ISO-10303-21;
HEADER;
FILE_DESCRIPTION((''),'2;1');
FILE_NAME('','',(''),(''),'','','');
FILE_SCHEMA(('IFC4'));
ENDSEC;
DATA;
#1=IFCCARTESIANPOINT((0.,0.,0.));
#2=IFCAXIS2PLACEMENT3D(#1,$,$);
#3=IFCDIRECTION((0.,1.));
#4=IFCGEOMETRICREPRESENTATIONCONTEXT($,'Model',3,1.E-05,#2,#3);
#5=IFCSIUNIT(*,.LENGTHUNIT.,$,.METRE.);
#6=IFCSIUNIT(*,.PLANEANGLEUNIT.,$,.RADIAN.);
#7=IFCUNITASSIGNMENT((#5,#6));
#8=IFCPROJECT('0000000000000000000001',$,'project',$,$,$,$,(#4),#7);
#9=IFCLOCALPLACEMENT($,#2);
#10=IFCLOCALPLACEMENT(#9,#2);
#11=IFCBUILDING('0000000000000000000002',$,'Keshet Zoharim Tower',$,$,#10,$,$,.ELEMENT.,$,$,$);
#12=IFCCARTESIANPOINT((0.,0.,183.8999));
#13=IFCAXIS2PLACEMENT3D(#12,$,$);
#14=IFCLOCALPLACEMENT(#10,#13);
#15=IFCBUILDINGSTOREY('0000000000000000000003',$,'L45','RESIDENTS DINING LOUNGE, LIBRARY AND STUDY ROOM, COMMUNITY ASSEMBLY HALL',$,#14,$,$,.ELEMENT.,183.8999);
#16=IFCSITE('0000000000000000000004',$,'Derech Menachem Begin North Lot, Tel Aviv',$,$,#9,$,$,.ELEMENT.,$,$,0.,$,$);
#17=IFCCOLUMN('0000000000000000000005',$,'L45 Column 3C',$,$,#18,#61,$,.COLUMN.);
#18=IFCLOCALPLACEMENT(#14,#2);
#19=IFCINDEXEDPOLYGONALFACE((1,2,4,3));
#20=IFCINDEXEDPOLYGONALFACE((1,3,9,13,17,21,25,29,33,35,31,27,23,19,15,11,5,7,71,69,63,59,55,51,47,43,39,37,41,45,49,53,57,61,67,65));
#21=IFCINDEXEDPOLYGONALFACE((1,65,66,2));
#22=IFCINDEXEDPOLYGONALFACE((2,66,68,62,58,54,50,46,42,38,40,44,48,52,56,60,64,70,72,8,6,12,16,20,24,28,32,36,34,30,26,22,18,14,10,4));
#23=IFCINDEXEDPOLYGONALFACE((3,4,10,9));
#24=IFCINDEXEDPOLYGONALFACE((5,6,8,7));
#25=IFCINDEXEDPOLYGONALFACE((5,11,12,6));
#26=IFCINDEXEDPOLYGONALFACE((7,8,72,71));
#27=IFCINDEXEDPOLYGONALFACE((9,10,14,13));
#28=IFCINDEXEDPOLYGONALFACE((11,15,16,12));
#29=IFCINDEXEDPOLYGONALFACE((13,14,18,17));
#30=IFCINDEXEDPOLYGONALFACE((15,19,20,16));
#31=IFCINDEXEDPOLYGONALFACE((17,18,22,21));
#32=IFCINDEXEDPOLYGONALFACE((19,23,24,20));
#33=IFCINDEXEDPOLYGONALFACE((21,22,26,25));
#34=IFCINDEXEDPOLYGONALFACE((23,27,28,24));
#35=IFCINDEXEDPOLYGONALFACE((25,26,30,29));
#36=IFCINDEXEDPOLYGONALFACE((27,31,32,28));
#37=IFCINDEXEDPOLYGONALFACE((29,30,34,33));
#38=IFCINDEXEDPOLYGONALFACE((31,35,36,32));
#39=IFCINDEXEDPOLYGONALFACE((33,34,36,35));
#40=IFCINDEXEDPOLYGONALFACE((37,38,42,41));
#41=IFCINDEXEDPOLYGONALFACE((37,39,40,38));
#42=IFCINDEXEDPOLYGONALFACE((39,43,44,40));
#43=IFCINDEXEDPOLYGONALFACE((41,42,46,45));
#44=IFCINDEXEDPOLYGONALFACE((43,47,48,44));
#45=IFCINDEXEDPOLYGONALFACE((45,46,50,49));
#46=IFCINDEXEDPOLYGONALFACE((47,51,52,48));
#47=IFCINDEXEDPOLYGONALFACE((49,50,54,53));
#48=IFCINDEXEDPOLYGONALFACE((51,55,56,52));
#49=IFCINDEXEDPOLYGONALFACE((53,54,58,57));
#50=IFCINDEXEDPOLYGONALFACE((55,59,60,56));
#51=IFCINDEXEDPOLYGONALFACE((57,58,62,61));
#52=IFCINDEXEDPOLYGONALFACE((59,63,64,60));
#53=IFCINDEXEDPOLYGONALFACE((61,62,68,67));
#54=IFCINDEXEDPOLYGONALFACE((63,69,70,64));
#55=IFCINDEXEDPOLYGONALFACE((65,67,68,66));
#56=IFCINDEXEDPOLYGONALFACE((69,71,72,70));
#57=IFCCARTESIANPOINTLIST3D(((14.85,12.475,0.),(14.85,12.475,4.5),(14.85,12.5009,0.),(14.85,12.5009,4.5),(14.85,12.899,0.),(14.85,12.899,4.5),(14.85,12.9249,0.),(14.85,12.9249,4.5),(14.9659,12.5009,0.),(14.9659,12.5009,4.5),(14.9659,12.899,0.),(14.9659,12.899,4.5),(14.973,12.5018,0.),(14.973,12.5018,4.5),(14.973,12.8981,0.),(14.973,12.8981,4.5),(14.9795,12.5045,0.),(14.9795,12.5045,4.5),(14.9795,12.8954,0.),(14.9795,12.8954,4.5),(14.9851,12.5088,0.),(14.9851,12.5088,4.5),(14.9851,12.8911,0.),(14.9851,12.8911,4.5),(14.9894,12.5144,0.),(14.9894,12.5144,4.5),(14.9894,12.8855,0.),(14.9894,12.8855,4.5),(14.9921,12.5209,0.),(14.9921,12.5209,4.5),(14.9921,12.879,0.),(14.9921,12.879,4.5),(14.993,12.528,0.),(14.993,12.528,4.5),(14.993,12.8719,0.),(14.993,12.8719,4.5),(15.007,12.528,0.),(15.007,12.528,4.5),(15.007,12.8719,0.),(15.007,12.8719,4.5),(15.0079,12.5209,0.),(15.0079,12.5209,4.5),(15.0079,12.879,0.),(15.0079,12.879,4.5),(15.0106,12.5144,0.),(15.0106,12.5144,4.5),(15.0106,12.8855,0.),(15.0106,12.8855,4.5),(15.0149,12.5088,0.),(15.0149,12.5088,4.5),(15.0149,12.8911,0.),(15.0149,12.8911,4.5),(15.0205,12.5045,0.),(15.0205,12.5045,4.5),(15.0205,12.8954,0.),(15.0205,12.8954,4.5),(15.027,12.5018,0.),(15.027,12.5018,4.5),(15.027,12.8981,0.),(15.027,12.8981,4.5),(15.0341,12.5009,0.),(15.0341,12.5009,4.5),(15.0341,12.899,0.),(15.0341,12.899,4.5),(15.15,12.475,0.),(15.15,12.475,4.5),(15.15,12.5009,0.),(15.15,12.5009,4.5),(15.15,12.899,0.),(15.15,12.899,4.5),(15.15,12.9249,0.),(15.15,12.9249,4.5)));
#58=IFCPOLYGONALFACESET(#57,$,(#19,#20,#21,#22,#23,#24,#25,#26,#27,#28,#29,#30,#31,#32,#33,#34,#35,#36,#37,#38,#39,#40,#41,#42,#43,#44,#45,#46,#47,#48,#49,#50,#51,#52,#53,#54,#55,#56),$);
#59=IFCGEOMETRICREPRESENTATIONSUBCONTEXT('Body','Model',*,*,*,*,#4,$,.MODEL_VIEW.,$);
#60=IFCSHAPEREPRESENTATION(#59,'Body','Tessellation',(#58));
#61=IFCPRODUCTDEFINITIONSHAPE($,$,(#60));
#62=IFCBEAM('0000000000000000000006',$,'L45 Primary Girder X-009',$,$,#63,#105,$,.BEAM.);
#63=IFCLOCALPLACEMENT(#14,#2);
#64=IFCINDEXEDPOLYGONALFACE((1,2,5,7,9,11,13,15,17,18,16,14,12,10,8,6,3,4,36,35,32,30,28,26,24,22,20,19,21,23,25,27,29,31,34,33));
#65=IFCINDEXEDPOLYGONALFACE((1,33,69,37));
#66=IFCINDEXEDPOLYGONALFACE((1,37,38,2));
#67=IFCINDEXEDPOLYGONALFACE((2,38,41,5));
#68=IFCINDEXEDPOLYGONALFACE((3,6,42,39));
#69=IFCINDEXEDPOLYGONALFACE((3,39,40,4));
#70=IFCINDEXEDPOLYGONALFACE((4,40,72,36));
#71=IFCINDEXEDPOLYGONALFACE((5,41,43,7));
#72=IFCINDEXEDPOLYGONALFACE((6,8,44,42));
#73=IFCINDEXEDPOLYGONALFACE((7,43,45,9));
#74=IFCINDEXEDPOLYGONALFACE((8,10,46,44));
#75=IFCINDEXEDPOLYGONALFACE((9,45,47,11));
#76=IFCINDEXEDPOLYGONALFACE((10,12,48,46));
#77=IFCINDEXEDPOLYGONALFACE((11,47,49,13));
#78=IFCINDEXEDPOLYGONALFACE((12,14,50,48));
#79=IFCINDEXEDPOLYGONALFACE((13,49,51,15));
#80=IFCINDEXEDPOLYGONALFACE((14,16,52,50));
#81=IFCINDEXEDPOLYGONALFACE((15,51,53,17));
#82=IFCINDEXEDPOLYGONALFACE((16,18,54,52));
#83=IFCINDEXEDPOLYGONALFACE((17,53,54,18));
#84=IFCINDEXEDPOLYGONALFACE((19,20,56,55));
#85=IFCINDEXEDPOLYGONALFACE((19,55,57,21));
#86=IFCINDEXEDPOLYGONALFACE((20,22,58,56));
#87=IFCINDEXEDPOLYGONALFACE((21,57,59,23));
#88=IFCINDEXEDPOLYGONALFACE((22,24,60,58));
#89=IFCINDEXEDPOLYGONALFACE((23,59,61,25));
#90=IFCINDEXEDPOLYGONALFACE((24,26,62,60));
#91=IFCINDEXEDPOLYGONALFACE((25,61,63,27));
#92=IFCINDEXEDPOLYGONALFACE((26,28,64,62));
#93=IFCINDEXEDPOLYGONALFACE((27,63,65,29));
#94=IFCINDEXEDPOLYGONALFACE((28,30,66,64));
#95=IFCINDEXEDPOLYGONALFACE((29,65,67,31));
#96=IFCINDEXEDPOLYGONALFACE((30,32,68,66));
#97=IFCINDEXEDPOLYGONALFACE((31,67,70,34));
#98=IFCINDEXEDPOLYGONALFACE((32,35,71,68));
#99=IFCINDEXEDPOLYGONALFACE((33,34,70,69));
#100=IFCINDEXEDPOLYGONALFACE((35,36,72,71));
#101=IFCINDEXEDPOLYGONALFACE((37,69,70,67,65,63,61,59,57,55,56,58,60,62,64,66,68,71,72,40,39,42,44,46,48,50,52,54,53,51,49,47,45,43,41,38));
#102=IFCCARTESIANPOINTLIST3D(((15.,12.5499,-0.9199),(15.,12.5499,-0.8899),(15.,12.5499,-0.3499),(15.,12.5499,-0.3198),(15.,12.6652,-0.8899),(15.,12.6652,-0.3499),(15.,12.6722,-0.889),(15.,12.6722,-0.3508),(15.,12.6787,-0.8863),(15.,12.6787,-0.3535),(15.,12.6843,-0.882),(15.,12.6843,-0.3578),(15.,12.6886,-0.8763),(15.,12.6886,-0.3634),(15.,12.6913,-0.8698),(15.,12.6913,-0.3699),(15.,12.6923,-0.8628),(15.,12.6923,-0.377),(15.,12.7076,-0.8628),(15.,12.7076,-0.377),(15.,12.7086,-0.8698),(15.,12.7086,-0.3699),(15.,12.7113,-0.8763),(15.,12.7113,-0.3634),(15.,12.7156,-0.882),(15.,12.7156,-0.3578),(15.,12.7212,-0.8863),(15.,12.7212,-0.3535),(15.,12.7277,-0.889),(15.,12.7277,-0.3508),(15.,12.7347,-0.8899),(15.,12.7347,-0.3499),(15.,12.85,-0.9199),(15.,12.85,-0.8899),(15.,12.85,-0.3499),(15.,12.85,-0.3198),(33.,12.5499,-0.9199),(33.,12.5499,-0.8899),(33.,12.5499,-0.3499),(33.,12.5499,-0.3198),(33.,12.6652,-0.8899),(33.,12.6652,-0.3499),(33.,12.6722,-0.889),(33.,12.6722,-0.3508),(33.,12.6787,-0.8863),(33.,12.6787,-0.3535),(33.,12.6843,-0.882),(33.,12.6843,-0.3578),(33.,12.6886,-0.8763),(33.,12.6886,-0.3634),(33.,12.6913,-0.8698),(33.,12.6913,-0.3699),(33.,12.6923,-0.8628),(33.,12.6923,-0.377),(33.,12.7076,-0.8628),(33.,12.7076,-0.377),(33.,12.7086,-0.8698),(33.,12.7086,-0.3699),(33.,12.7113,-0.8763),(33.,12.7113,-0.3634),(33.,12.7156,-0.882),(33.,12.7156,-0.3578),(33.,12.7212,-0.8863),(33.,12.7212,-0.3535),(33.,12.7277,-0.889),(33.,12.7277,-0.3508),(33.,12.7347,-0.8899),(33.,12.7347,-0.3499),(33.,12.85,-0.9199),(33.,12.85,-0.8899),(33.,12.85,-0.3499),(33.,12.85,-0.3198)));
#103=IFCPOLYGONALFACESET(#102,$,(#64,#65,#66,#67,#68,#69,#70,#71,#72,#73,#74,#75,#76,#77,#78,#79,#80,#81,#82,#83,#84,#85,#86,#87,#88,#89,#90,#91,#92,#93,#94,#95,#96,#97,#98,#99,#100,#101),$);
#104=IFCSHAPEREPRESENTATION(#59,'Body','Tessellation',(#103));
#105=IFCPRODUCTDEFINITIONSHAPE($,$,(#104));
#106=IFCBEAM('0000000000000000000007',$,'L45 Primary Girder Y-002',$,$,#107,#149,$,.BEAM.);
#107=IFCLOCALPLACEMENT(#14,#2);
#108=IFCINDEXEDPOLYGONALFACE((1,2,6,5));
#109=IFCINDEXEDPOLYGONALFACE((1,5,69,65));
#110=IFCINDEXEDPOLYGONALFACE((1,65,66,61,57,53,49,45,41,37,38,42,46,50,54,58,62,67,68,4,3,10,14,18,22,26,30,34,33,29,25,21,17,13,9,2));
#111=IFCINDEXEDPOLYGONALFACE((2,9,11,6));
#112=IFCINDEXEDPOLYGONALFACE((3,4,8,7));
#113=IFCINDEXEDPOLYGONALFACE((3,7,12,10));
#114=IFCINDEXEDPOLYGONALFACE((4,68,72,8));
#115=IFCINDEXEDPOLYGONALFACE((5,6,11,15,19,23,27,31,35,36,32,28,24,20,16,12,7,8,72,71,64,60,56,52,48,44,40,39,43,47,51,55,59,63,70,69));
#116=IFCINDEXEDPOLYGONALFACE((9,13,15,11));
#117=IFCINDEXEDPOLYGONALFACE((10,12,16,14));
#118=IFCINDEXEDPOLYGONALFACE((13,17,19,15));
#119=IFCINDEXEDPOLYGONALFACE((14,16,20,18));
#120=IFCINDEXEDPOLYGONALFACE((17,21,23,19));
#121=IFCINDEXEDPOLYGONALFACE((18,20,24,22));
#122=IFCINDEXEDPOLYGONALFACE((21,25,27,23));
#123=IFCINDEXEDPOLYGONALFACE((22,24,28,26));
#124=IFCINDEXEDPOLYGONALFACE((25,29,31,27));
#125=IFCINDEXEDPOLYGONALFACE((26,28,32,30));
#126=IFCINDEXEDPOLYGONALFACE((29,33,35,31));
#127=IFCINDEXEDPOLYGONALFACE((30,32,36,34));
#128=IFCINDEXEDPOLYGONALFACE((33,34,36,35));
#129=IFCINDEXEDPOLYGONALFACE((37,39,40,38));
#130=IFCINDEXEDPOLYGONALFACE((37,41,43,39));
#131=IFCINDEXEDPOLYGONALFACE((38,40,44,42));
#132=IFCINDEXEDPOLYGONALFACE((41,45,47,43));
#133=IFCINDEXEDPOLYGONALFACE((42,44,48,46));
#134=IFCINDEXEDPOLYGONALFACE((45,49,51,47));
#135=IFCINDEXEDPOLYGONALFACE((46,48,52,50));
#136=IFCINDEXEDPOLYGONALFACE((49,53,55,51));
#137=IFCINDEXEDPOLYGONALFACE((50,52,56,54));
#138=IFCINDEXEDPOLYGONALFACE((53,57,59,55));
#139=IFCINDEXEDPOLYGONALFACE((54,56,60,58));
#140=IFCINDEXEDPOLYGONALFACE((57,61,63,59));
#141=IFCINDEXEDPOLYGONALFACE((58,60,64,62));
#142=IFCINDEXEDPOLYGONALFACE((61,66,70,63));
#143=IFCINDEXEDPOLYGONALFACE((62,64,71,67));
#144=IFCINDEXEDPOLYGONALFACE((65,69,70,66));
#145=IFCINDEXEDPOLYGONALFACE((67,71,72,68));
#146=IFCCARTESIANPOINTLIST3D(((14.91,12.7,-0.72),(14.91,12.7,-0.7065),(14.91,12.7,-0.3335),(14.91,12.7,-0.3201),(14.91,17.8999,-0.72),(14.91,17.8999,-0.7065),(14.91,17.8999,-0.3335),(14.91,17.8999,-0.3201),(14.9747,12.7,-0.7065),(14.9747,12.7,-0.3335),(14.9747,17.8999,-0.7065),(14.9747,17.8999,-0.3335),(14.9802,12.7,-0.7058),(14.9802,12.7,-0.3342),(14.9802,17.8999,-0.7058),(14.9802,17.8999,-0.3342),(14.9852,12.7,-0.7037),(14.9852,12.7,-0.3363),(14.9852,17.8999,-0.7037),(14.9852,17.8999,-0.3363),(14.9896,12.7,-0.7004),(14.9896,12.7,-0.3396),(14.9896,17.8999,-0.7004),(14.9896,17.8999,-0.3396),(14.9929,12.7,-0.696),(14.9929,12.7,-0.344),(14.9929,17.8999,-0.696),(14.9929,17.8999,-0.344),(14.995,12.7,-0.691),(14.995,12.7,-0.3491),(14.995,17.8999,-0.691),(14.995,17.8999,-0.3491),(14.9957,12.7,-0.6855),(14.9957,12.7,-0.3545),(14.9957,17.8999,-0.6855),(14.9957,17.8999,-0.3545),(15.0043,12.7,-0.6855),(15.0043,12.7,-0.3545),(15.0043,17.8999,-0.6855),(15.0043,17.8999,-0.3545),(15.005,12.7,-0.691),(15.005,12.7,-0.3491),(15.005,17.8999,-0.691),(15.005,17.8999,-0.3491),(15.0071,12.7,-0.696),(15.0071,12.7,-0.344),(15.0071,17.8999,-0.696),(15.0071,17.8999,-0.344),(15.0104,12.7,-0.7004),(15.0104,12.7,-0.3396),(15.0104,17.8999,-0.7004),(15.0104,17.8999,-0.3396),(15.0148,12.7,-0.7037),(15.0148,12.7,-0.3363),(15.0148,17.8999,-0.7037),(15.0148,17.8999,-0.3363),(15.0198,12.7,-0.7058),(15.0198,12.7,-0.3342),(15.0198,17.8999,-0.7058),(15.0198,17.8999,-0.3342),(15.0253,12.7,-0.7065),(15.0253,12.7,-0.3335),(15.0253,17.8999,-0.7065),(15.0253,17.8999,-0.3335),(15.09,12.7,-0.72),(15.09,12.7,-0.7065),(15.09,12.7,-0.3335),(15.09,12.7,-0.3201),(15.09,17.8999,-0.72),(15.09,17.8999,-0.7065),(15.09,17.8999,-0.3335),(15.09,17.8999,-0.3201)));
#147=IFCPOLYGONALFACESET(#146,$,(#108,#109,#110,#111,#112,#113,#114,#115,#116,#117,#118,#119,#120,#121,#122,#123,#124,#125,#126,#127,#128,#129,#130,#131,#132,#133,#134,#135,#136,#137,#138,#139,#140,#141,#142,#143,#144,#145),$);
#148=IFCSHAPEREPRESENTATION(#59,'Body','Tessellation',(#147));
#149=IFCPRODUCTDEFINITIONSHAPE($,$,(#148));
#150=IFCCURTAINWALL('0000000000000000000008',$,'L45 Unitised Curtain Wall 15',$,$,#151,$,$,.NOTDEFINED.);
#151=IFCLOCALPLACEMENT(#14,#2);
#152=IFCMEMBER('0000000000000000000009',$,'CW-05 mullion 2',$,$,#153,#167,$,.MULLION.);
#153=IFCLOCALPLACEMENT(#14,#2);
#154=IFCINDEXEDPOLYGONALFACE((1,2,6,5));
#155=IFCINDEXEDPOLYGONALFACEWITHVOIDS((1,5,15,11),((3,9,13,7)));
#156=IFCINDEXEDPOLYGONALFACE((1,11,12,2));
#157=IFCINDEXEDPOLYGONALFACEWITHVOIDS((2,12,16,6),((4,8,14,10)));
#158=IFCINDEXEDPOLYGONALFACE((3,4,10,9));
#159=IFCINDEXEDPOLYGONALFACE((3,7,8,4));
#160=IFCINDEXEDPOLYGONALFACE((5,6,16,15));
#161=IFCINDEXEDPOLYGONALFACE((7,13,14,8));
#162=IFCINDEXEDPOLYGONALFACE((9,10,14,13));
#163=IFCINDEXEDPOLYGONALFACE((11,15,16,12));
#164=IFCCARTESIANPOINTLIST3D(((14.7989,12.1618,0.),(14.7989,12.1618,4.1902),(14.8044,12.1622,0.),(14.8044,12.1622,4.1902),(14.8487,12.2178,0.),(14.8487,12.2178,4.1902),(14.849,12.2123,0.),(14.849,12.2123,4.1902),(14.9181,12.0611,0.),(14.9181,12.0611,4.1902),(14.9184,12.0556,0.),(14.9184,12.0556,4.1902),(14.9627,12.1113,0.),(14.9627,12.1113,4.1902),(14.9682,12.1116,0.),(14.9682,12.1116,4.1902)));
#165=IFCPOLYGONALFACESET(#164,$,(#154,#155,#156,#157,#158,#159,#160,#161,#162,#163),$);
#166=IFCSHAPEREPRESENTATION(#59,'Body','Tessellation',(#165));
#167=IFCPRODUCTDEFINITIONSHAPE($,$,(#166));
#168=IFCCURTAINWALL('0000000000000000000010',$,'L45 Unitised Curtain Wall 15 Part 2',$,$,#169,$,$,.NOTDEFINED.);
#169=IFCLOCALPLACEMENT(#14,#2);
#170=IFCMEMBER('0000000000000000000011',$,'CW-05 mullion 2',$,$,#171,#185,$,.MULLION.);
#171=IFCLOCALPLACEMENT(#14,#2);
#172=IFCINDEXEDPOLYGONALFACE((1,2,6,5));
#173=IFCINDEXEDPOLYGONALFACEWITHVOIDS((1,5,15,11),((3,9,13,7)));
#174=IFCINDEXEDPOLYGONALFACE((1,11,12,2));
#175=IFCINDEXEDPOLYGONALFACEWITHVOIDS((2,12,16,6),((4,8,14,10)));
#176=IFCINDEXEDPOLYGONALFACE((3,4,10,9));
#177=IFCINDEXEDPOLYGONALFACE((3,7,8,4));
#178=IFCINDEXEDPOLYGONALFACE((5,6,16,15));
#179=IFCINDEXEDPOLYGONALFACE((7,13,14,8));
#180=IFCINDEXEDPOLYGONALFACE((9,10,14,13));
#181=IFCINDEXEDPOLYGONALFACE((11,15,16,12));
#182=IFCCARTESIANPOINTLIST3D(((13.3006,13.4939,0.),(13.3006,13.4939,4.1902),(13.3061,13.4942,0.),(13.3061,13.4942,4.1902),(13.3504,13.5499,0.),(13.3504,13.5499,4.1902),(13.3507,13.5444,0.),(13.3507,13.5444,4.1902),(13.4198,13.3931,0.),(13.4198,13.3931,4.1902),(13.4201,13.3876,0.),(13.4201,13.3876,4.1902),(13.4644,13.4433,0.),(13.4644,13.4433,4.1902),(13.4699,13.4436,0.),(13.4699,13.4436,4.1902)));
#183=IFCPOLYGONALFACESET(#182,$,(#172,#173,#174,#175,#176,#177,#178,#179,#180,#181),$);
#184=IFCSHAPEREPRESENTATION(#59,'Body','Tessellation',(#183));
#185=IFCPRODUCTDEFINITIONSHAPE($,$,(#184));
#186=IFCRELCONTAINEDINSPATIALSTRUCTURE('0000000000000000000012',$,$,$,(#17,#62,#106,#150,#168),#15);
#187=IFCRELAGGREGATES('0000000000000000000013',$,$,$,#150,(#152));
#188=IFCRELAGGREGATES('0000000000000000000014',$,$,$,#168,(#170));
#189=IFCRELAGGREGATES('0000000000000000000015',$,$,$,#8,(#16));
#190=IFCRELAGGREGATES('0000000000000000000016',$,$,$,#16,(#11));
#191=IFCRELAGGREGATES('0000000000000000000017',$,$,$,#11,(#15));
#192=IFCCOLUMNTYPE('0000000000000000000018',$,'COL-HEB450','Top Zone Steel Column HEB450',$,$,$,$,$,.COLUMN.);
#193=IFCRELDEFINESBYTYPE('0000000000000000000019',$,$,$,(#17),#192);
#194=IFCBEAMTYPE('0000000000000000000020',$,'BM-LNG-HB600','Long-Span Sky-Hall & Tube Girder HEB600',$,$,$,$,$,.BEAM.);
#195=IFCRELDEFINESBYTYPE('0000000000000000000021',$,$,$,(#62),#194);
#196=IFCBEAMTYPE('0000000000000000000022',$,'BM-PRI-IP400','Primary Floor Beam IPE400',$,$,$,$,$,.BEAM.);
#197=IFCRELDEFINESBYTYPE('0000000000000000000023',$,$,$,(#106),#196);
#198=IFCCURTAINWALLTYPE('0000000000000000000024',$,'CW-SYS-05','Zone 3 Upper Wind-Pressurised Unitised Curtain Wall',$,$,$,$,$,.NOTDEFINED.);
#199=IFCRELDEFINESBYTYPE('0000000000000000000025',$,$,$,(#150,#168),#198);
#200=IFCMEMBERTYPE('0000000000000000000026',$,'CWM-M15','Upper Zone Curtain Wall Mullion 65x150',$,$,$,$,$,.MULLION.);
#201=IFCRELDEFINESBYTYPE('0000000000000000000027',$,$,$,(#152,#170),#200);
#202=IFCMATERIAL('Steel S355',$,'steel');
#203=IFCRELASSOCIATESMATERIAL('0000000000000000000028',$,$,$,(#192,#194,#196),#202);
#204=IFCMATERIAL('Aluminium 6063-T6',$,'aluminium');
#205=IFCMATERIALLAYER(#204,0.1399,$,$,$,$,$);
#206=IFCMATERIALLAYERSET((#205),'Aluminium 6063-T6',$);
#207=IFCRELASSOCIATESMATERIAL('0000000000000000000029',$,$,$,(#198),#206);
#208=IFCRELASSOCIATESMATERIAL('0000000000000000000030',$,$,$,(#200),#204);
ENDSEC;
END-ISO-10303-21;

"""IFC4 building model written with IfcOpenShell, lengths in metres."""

from ifc_helpers import new_model, si_unit, direction, frame, origin, origin_2d, place, context, subcontext, project, spatial, hollow_rectangle, i_section, extrude, material, layer, layer_set, material_profile, profile_set, type_object, element, aggregate, save


model = new_model("IFC4")

# Units and contexts
model_context = context("Model", 3, precision=1e-05, world=origin(), true_north=direction((0.0, 1.0)))
body_context = subcontext(model_context, "Body", "Model", "MODEL_VIEW")
ifc_project = project(units=[si_unit("LENGTHUNIT", "METRE"), si_unit("PLANEANGLEUNIT", "RADIAN")], contexts=[model_context])

# Site, building, storey
site_placement = place(None, origin())
site = spatial("IfcSite", under=ifc_project, at=site_placement, Name="Derech Menachem Begin North Lot, Tel Aviv", CompositionType="ELEMENT", RefElevation=0.0)
building_placement = place(site_placement, origin())
building = spatial("IfcBuilding", under=site, at=building_placement, Name="Keshet Zoharim Tower", CompositionType="ELEMENT")
storey_placement = place(building_placement, frame((0.0, 0.0, 183.8999)))
storey = spatial("IfcBuildingStorey", under=building, at=storey_placement, Name="L45", Description="RESIDENTS DINING LOUNGE, LIBRARY AND STUDY ROOM, COMMUNITY ASSEMBLY HALL", CompositionType="ELEMENT", Elevation=183.8999)

# Column
ifc_material_1 = material(Name="Steel S355", Category="steel")
ifc_material_profile_1 = material_profile(ifc_material_1, i_section(OverallWidth=0.3, OverallDepth=0.45, WebThickness=0.0139, FlangeThickness=0.0259, FilletRadius=0.0271, at=origin_2d()), Name="HEB450")
ifc_profile_set_1 = profile_set([ifc_material_profile_1], Name="Steel S355")
column_type = type_object("IfcColumnType", Name="COL-HEB450", Description="Top Zone Steel Column HEB450", PredefinedType="COLUMN", material=ifc_profile_set_1)
column_placement = place(storey_placement, frame((15.0, 12.7, 0.0), z_axis=(0.0, 0.0, 1.0), x_axis=(1.0, 0.0, 0.0)))
element("IfcColumn", 1, at=column_placement, inside=storey, type_object=column_type, Name="L45 Column 3C", PredefinedType="COLUMN", context=body_context, shape_type="SweptSolid", body=[
    extrude(i_section(OverallWidth=0.3, OverallDepth=0.45, WebThickness=0.0139, FlangeThickness=0.0259, FilletRadius=0.0271, at=origin_2d()), origin(), (0.0, 0.0, 1.0), 4.5),
])

# Beams
ifc_material_profile_2 = material_profile(ifc_material_1, i_section(OverallWidth=0.3, OverallDepth=0.6001, WebThickness=0.0154, FlangeThickness=0.03, FilletRadius=0.0271, at=origin_2d()), Name="HEB600")
ifc_profile_set_2 = profile_set([ifc_material_profile_2], Name="Steel S355")
beam_type_1 = type_object("IfcBeamType", Name="BM-LNG-HB600", Description="Long-Span Sky-Hall & Tube Girder HEB600", PredefinedType="BEAM", material=ifc_profile_set_2)
beam_1_placement = place(storey_placement, frame((15.0, 12.7, -0.6199), z_axis=(1.0, 0.0, 0.0), x_axis=(0.0, 1.0, 0.0)))
element("IfcBeam", 2, at=beam_1_placement, inside=storey, type_object=beam_type_1, Name="L45 Primary Girder X-009", PredefinedType="BEAM", context=body_context, shape_type="SweptSolid", body=[
    extrude(i_section(OverallWidth=0.3, OverallDepth=0.6001, WebThickness=0.0154, FlangeThickness=0.03, FilletRadius=0.0271, at=origin_2d()), origin(), (0.0, 0.0, 1.0), 18.0),
])
ifc_material_profile_3 = material_profile(ifc_material_1, i_section(OverallWidth=0.1799, OverallDepth=0.3999, WebThickness=0.0085, FlangeThickness=0.0134, FilletRadius=0.021, at=origin_2d()), Name="IPE400")
ifc_profile_set_3 = profile_set([ifc_material_profile_3], Name="Steel S355")
beam_type_2 = type_object("IfcBeamType", Name="BM-PRI-IP400", Description="Primary Floor Beam IPE400", PredefinedType="BEAM", material=ifc_profile_set_3)
beam_2_placement = place(storey_placement, frame((15.0, 12.7, -0.52), z_axis=(0.0, 1.0, 0.0), x_axis=(-1.0, 0.0, 0.0)))
element("IfcBeam", 3, at=beam_2_placement, inside=storey, type_object=beam_type_2, Name="L45 Primary Girder Y-002", PredefinedType="BEAM", context=body_context, shape_type="SweptSolid", body=[
    extrude(i_section(OverallWidth=0.1799, OverallDepth=0.3999, WebThickness=0.0085, FlangeThickness=0.0134, FilletRadius=0.021, at=origin_2d()), origin(), (0.0, 0.0, 1.0), 5.2),
])

# Curtain wall, member
ifc_material_2 = material(Name="Aluminium 6063-T6", Category="aluminium")
ifc_layer_1 = layer(ifc_material_2, 0.1399)
ifc_layer_set_1 = layer_set([ifc_layer_1], Name="Aluminium 6063-T6")
curtain_wall_type = type_object("IfcCurtainWallType", Name="CW-SYS-05", Description="Zone 3 Upper Wind-Pressurised Unitised Curtain Wall", PredefinedType="NOTDEFINED", material=ifc_layer_set_1)
curtain_wall_1_placement = place(storey_placement, origin())
curtain_wall_1 = element("IfcCurtainWall", 4, at=curtain_wall_1_placement, inside=storey, type_object=curtain_wall_type, Name="L45 Unitised Curtain Wall 15", PredefinedType="NOTDEFINED")
ifc_material_profile_4 = material_profile(ifc_material_2, hollow_rectangle(XDim=0.075, YDim=0.1599, WallThickness=0.0039, at=origin_2d()), Name="MUL-75x160")
ifc_profile_set_4 = profile_set([ifc_material_profile_4], Name="Aluminium 6063-T6")
member_type_1 = type_object("IfcMemberType", Name="CWM-M15", Description="Upper Zone Curtain Wall Mullion 65x150", PredefinedType="MULLION", material=ifc_profile_set_4)
member_1_placement = place(storey_placement, frame((14.8835, 12.1367, 0.0), z_axis=(0.0, 0.0, 1.0), x_axis=(-0.664364, -0.747409, 0.0)))
member_1 = element("IfcMember", 5, at=member_1_placement, type_object=member_type_1, Name="CW-05 mullion 2", PredefinedType="MULLION", context=body_context, shape_type="SweptSolid", body=[
    extrude(hollow_rectangle(XDim=0.075, YDim=0.1599, WallThickness=0.0039, at=origin_2d()), origin(), (0.0, 0.0, 1.0), 4.1902),
])
aggregate(curtain_wall_1, [member_1])

# Curtain wall, member
curtain_wall_2_placement = place(storey_placement, origin())
curtain_wall_2 = element("IfcCurtainWall", 6, at=curtain_wall_2_placement, inside=storey, type_object=curtain_wall_type, Name="L45 Unitised Curtain Wall 15 Part 2", PredefinedType="NOTDEFINED")
member_2_placement = place(storey_placement, frame((13.3853, 13.4688, 0.0), z_axis=(0.0, 0.0, 1.0), x_axis=(-0.664389, -0.747387, 0.0)))
member_2 = element("IfcMember", 7, at=member_2_placement, type_object=member_type_1, Name="CW-05 mullion 2", PredefinedType="MULLION", context=body_context, shape_type="SweptSolid", body=[
    extrude(hollow_rectangle(XDim=0.075, YDim=0.1599, WallThickness=0.0039, at=origin_2d()), origin(), (0.0, 0.0, 1.0), 4.1902),
])

aggregate(curtain_wall_2, [member_2])

save(model, "model.ifc")
